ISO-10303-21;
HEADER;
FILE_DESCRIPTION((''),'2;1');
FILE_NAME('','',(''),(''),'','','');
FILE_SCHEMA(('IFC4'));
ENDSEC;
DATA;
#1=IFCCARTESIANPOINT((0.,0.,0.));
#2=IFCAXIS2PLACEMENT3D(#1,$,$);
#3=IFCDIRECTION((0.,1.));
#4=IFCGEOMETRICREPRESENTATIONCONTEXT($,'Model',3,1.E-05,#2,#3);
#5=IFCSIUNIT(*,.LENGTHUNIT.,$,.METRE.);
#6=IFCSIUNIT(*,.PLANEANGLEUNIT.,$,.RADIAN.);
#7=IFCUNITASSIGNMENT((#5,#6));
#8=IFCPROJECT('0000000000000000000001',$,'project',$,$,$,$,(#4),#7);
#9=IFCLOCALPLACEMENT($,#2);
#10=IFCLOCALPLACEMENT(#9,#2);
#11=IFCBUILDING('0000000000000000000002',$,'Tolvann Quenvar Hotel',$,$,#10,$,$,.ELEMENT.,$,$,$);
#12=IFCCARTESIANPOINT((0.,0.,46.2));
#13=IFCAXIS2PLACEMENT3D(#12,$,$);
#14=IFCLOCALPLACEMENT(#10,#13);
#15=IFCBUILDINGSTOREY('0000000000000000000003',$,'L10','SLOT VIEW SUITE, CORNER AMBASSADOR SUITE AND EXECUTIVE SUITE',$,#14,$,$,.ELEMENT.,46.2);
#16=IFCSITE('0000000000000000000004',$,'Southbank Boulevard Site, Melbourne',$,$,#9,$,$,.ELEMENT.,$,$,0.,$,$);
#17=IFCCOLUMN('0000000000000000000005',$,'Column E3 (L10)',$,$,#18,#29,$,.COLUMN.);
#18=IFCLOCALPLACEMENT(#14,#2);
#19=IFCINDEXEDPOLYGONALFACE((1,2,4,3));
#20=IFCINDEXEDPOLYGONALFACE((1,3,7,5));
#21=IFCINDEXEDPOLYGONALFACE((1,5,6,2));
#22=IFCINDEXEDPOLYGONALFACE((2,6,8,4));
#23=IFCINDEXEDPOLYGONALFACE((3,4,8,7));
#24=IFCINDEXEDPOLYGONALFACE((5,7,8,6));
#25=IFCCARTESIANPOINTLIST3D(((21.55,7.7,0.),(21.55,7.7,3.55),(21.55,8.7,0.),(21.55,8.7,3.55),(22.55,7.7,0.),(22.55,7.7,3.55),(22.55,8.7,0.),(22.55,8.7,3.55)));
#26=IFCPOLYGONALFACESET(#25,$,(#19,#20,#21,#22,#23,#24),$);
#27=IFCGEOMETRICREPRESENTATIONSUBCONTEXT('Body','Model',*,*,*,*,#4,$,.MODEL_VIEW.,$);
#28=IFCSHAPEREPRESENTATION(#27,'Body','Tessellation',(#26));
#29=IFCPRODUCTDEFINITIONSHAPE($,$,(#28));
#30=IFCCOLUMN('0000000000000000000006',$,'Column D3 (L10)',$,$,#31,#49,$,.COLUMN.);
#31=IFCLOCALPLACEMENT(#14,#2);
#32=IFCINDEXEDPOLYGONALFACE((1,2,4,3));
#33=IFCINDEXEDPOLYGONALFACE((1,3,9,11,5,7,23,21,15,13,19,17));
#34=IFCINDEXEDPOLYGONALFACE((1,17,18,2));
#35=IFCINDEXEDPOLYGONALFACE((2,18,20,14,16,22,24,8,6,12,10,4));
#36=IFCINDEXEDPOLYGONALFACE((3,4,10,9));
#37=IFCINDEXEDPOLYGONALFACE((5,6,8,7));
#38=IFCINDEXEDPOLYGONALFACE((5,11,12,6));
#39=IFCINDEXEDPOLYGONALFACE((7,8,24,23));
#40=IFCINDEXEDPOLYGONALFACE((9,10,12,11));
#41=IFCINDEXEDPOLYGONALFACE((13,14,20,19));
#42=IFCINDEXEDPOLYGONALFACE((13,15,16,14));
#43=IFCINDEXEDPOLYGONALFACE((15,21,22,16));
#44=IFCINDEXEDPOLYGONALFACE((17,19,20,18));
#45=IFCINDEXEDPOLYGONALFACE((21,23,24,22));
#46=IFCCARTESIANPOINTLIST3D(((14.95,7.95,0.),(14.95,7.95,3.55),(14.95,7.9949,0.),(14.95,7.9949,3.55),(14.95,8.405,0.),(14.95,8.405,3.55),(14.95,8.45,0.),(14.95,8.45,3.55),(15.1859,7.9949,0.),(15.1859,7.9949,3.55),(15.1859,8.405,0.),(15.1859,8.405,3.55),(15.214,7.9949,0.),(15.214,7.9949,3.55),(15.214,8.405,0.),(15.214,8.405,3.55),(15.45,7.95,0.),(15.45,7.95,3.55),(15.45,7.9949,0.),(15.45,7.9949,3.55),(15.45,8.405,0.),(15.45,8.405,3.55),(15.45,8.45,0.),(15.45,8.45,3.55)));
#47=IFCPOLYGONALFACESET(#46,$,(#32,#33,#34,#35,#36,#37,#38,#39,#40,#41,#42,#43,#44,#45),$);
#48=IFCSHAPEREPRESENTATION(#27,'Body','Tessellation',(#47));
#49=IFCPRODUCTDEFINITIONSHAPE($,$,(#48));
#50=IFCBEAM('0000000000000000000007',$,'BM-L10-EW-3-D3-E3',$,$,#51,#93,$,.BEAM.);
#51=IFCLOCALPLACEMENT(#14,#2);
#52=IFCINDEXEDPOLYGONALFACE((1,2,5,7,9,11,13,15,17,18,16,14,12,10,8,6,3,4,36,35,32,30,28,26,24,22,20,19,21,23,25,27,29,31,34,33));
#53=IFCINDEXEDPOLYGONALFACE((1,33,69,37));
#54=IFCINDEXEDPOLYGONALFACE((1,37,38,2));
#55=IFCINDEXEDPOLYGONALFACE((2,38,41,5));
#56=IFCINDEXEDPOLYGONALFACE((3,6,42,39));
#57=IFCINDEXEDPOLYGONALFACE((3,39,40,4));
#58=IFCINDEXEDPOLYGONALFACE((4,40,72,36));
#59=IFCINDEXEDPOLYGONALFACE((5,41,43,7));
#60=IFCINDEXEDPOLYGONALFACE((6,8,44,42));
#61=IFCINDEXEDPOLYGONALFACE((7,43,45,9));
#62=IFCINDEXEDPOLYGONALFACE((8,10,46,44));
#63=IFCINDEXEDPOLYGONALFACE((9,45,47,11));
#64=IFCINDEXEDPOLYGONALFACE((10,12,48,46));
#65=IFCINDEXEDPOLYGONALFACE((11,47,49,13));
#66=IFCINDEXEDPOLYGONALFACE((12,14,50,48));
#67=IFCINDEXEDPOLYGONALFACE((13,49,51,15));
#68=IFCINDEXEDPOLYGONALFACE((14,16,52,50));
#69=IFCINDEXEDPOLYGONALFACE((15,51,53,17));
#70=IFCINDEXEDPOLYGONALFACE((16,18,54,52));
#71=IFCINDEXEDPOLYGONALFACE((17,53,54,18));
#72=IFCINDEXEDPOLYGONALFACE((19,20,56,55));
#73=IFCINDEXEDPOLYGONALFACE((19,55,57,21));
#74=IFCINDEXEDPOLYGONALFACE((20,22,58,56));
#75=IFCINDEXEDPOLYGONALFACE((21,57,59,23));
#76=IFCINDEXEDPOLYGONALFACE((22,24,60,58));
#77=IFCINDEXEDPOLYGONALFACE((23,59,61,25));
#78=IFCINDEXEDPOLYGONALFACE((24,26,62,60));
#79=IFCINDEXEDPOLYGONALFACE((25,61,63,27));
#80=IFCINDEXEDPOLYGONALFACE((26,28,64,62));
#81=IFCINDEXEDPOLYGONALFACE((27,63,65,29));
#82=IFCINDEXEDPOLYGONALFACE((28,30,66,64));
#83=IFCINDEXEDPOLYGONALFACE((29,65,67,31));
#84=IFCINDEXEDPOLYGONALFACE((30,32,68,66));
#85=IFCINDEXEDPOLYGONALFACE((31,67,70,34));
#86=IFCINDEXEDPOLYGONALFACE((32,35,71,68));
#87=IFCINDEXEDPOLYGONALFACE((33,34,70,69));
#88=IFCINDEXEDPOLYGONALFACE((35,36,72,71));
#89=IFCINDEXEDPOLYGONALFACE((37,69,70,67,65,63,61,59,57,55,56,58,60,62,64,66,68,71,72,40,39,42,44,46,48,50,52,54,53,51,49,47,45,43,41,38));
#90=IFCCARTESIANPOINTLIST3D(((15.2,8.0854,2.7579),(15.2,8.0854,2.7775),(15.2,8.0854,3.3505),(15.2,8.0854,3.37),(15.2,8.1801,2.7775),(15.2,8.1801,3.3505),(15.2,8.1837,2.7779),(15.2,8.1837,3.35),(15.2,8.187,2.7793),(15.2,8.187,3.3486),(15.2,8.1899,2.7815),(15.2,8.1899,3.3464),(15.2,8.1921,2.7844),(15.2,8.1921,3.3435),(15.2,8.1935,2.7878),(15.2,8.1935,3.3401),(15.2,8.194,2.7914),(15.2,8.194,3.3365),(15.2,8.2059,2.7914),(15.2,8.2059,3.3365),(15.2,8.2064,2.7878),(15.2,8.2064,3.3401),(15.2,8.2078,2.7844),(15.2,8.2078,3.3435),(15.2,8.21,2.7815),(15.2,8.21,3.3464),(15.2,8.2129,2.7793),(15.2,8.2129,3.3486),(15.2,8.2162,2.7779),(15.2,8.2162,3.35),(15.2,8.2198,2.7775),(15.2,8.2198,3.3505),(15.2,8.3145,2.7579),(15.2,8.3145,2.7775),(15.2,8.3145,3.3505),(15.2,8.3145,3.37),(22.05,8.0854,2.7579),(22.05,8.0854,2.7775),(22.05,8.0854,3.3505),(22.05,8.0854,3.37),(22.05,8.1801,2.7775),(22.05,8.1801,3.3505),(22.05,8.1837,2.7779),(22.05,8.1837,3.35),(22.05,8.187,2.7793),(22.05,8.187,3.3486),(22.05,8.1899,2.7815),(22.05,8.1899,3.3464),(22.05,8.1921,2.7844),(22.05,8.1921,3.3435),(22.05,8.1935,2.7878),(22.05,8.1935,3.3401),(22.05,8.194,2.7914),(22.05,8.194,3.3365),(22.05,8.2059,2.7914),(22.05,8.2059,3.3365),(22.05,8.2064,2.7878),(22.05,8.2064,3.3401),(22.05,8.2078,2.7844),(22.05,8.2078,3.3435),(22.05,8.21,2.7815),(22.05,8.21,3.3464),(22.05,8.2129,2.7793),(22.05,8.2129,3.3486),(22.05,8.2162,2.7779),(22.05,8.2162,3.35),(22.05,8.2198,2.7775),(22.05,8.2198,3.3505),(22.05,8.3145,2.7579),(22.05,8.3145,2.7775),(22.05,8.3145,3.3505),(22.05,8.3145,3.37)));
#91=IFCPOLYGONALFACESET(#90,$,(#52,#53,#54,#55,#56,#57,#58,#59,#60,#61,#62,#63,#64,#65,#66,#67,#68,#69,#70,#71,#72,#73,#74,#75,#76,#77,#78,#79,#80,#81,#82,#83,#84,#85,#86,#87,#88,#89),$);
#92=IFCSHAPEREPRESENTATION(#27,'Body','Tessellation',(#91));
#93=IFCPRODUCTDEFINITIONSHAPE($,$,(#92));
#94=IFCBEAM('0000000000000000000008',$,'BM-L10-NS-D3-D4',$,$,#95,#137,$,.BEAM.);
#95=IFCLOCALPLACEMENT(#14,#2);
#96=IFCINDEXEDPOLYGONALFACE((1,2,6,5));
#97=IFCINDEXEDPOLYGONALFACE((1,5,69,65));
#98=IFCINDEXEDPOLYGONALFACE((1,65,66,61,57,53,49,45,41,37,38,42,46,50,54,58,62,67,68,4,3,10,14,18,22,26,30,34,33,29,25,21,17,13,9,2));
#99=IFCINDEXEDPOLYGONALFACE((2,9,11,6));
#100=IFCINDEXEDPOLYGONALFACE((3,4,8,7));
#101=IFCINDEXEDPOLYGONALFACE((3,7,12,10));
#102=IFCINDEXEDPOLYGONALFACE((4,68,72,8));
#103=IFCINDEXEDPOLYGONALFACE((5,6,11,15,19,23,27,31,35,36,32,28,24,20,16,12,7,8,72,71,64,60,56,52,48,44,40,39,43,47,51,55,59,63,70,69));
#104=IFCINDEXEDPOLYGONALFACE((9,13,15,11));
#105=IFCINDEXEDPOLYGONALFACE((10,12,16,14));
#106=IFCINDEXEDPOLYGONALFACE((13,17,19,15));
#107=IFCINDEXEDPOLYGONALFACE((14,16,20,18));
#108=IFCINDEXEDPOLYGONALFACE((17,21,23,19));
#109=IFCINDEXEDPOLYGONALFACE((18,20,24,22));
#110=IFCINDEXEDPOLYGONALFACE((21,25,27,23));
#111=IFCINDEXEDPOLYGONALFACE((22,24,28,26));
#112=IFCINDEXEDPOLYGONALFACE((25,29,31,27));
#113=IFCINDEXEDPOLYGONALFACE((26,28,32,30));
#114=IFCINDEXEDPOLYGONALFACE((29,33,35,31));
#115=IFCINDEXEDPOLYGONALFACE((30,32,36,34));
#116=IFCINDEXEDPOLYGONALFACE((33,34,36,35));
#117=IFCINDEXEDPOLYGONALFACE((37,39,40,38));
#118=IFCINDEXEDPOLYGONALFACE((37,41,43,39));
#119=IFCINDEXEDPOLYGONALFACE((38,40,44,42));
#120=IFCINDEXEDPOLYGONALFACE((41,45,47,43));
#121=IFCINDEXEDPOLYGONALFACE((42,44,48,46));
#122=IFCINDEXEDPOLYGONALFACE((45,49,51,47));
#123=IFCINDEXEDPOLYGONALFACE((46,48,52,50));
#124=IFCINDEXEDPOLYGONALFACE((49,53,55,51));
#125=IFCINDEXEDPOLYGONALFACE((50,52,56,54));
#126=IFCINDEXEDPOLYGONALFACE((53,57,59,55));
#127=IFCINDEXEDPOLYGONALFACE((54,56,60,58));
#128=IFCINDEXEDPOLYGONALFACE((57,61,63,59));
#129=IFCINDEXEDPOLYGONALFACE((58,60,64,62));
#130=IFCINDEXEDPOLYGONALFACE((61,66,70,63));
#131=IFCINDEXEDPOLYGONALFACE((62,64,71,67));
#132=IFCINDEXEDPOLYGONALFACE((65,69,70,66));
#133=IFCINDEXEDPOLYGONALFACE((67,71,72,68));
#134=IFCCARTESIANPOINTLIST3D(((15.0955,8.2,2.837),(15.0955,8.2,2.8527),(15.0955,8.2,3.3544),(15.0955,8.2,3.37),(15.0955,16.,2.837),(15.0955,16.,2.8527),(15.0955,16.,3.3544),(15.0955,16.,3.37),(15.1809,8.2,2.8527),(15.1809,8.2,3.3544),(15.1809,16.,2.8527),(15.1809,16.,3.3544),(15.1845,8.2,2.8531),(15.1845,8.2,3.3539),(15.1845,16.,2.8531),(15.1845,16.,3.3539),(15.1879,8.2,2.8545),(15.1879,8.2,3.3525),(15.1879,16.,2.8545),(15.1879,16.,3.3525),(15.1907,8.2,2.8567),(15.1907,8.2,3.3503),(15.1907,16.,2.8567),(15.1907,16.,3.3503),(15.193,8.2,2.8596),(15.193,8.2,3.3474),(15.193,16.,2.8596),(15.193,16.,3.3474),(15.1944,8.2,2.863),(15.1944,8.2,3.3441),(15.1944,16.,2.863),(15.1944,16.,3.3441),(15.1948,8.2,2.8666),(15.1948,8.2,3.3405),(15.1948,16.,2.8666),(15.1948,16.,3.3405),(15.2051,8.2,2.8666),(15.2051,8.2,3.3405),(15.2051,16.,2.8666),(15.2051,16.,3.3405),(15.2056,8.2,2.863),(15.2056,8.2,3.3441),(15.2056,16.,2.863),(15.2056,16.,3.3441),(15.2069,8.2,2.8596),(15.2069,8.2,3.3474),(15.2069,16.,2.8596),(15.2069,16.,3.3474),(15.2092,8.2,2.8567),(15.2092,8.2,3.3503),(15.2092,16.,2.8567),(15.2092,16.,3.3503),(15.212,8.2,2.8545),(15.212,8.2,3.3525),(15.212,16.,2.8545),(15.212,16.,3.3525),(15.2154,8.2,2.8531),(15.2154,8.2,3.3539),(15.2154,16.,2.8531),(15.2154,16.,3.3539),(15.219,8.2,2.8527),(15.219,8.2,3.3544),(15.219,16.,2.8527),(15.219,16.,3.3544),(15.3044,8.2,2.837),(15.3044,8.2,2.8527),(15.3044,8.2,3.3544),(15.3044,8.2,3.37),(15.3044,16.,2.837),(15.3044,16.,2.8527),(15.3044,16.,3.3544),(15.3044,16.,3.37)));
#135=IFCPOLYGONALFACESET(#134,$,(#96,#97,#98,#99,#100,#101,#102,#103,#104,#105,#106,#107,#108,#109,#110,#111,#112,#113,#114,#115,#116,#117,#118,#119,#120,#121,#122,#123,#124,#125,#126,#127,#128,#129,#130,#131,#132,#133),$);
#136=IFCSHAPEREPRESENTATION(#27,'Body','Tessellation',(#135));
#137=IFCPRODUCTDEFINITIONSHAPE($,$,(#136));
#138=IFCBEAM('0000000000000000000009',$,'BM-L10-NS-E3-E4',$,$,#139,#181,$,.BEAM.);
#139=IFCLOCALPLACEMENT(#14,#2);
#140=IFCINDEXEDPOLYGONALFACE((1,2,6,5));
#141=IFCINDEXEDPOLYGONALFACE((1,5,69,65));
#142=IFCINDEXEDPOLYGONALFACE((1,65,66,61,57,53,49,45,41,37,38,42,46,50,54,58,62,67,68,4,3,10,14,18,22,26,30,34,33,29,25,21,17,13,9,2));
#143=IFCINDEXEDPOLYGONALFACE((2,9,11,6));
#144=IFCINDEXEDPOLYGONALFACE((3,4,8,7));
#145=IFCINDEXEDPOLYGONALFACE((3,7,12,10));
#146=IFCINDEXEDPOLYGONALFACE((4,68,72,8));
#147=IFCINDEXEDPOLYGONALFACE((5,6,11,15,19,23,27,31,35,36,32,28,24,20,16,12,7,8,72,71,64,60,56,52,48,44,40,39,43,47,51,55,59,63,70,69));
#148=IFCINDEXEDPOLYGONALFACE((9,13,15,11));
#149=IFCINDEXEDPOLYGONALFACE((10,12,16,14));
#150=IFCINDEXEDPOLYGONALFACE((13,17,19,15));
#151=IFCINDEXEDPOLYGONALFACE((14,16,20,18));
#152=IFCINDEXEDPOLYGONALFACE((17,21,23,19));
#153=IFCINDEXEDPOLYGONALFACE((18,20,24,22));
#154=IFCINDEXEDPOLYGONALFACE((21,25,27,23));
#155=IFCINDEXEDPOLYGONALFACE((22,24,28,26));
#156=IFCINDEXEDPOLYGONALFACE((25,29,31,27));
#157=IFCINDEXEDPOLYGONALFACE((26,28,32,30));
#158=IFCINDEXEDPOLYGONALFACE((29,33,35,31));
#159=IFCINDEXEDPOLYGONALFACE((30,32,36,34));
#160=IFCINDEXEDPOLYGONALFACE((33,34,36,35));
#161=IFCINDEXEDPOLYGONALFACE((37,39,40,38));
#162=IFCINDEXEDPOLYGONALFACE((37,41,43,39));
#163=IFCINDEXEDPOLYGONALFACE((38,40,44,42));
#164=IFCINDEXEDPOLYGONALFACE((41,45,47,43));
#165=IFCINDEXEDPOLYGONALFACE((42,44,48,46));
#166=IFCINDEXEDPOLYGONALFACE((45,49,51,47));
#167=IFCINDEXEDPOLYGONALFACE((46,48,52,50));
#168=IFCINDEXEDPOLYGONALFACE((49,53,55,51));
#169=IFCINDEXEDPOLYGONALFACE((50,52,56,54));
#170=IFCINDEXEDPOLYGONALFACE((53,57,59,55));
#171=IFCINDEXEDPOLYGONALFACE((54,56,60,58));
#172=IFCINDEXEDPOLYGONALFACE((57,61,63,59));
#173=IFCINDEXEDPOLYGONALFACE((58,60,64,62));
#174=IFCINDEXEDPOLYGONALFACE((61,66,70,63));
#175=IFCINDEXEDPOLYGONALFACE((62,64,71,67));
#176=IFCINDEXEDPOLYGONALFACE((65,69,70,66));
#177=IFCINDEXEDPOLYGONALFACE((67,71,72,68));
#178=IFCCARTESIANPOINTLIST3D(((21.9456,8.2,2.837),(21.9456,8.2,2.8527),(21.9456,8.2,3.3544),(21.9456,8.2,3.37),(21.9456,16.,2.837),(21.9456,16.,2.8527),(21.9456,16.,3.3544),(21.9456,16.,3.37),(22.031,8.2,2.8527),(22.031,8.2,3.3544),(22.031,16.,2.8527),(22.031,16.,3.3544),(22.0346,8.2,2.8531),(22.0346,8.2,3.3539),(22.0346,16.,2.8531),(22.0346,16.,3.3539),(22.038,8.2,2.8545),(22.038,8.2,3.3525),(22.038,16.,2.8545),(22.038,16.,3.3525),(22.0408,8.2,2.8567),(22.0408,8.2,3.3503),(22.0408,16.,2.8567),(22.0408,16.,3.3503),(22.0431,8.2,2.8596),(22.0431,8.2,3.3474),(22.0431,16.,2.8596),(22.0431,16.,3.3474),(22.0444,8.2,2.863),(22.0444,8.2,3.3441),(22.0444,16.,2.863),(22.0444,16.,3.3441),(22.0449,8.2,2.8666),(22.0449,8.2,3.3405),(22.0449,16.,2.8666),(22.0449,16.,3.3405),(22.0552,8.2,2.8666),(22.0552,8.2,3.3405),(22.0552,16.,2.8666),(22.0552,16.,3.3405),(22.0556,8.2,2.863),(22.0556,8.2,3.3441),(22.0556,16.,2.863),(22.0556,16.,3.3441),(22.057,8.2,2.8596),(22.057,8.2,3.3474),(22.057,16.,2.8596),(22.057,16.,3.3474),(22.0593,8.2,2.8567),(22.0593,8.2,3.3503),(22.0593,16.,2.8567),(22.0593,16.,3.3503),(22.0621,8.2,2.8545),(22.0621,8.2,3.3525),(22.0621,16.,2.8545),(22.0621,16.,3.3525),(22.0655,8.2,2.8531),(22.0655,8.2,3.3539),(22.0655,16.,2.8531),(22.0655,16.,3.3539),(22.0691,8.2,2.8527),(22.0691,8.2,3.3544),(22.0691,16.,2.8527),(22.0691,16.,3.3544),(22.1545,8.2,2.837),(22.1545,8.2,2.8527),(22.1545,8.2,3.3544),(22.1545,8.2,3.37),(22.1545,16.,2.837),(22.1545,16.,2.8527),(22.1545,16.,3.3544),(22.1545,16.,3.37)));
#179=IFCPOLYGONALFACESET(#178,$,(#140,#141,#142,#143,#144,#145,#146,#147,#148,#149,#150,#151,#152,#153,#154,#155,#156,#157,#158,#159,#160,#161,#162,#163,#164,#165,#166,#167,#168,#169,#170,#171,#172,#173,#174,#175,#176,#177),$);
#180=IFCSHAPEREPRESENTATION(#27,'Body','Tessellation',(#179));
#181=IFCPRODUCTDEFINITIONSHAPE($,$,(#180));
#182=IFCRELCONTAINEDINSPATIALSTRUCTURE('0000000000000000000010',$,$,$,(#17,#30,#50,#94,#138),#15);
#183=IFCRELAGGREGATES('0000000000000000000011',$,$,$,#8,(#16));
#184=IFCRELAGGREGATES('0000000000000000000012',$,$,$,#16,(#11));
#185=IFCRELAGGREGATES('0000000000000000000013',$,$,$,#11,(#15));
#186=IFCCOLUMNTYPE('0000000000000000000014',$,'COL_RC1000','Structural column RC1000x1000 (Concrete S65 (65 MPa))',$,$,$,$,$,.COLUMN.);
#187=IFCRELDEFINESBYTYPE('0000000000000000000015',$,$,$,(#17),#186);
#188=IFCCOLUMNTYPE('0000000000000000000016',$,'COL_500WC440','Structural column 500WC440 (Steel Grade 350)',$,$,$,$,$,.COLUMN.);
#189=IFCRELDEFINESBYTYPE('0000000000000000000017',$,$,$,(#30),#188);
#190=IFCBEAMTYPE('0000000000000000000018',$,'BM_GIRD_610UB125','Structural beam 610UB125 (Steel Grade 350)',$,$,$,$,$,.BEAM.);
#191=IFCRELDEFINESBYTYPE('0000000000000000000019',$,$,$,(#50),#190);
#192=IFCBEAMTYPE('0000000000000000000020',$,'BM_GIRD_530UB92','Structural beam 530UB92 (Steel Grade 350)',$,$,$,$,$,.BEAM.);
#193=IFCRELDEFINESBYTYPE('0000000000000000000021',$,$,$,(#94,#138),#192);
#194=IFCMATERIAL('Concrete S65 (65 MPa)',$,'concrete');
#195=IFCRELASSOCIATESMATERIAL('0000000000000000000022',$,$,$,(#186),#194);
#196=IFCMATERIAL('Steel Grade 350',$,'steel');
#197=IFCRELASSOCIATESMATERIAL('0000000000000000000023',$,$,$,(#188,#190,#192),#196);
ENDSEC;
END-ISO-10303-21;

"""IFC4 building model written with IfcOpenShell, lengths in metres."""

from ifc_helpers import new_model, si_unit, direction, frame, origin, origin_2d, place, context, subcontext, project, spatial, rectangle, i_section, extrude, source, transform, mapped, material, material_profile, profile_set, type_object, type_shapes, element, save


model = new_model("IFC4")

# Units and contexts
model_context = context("Model", 3, precision=1e-05, world=origin(), true_north=direction((0.0, 1.0)))
body_context = subcontext(model_context, "Body", "Model", "MODEL_VIEW")
ifc_project = project(units=[si_unit("LENGTHUNIT", "METRE"), si_unit("PLANEANGLEUNIT", "RADIAN")], contexts=[model_context])

# Site, building, storey
site_placement = place(None, origin())
site = spatial("IfcSite", under=ifc_project, at=site_placement, Name="Southbank Boulevard Site, Melbourne", CompositionType="ELEMENT", RefElevation=0.0)
building_placement = place(site_placement, origin())
building = spatial("IfcBuilding", under=site, at=building_placement, Name="Tolvann Quenvar Hotel", CompositionType="ELEMENT")
storey_placement = place(building_placement, frame((0.0, 0.0, 46.2)))
storey = spatial("IfcBuildingStorey", under=building, at=storey_placement, Name="L10", Description="SLOT VIEW SUITE, CORNER AMBASSADOR SUITE AND EXECUTIVE SUITE", CompositionType="ELEMENT", Elevation=46.2)

# Columns
ifc_material_1 = material(Name="Concrete S65 (65 MPa)", Category="concrete")
ifc_material_profile_1 = material_profile(ifc_material_1, rectangle(XDim=1.0, YDim=1.0, at=origin_2d()), Name="RC1000x1000")
ifc_profile_set_1 = profile_set([ifc_material_profile_1], Name="Concrete S65 (65 MPa)")
column_type_1 = type_object("IfcColumnType", Name="COL_RC1000", Description="Structural column RC1000x1000 (Concrete S65 (65 MPa))", PredefinedType="COLUMN", material=ifc_profile_set_1)
shared_shape_1 = source(origin(), body_context, "Body", "SweptSolid", [
    extrude(rectangle(XDim=1.0, YDim=1.0, at=origin_2d()), origin(), (0.0, 0.0, 1.0), 3.55),
])
type_shapes(column_type_1, [shared_shape_1])
column_1_placement = place(storey_placement, frame((22.05, 8.2, 0.0), z_axis=(0.0, 0.0, 1.0), x_axis=(1.0, 0.0, 0.0)))
element("IfcColumn", 1, at=column_1_placement, inside=storey, type_object=column_type_1, Name="Column E3 (L10)", PredefinedType="COLUMN", context=body_context, shape_type="MappedRepresentation", body=[
    mapped(shared_shape_1, transform((0.0, 0.0, 0.0), x_axis=(1.0, 0.0, 0.0), y_axis=(0.0, 1.0, 0.0), z_axis=(0.0, 0.0, 1.0), scale=1.0)),
])
ifc_material_2 = material(Name="Steel Grade 350", Category="steel")
ifc_material_profile_2 = material_profile(ifc_material_2, i_section(OverallWidth=0.5, OverallDepth=0.5, WebThickness=0.0281, FlangeThickness=0.0449, at=origin_2d()), Name="500WC440")
ifc_profile_set_2 = profile_set([ifc_material_profile_2], Name="Steel Grade 350")
column_type_2 = type_object("IfcColumnType", Name="COL_500WC440", Description="Structural column 500WC440 (Steel Grade 350)", PredefinedType="COLUMN", material=ifc_profile_set_2)
shared_shape_2 = source(origin(), body_context, "Body", "SweptSolid", [
    extrude(i_section(OverallWidth=0.5, OverallDepth=0.5, WebThickness=0.0281, FlangeThickness=0.0449, at=origin_2d()), origin(), (0.0, 0.0, 1.0), 3.55),
])
type_shapes(column_type_2, [shared_shape_2])
column_2_placement = place(storey_placement, frame((15.2, 8.2, 0.0), z_axis=(0.0, 0.0, 1.0), x_axis=(1.0, 0.0, 0.0)))
element("IfcColumn", 2, at=column_2_placement, inside=storey, type_object=column_type_2, Name="Column D3 (L10)", PredefinedType="COLUMN", context=body_context, shape_type="MappedRepresentation", body=[
    mapped(shared_shape_2, transform((0.0, 0.0, 0.0), x_axis=(1.0, 0.0, 0.0), y_axis=(0.0, 1.0, 0.0), z_axis=(0.0, 0.0, 1.0), scale=1.0)),
])

# Beams
ifc_material_profile_3 = material_profile(ifc_material_2, i_section(OverallWidth=0.229, OverallDepth=0.6121, WebThickness=0.012, FlangeThickness=0.0195, FilletRadius=0.0139, at=origin_2d()), Name="610UB125")
ifc_profile_set_3 = profile_set([ifc_material_profile_3], Name="Steel Grade 350")
beam_type_1 = type_object("IfcBeamType", Name="BM_GIRD_610UB125", Description="Structural beam 610UB125 (Steel Grade 350)", PredefinedType="BEAM", material=ifc_profile_set_3)
shared_shape_3 = source(origin(), body_context, "Body", "SweptSolid", [
    extrude(i_section(OverallWidth=0.229, OverallDepth=0.6121, WebThickness=0.012, FlangeThickness=0.0195, FilletRadius=0.0139, at=origin_2d()), origin(), (0.0, 0.0, 1.0), 6.8501),
])
type_shapes(beam_type_1, [shared_shape_3])
beam_placement = place(storey_placement, frame((15.2, 8.2, 3.064), z_axis=(1.0, 0.0, 0.0), x_axis=(0.0, 1.0, 0.0)))
element("IfcBeam", 3, at=beam_placement, inside=storey, type_object=beam_type_1, Name="BM-L10-EW-3-D3-E3", PredefinedType="BEAM", context=body_context, shape_type="MappedRepresentation", body=[
    mapped(shared_shape_3, transform((0.0, 0.0, 0.0), x_axis=(1.0, 0.0, 0.0), y_axis=(0.0, 1.0, 0.0), z_axis=(0.0, 0.0, 1.0), scale=1.0)),
])
ifc_material_profile_4 = material_profile(ifc_material_2, i_section(OverallWidth=0.209, OverallDepth=0.533, WebThickness=0.0103, FlangeThickness=0.0156, FilletRadius=0.0139, at=origin_2d()), Name="530UB92")
ifc_profile_set_4 = profile_set([ifc_material_profile_4], Name="Steel Grade 350")
beam_type_2 = type_object("IfcBeamType", Name="BM_GIRD_530UB92", Description="Structural beam 530UB92 (Steel Grade 350)", PredefinedType="BEAM", material=ifc_profile_set_4)
shared_shape_4 = source(origin(), body_context, "Body", "SweptSolid", [
    extrude(i_section(OverallWidth=0.209, OverallDepth=0.533, WebThickness=0.0103, FlangeThickness=0.0156, FilletRadius=0.0139, at=origin_2d()), origin(), (0.0, 0.0, 1.0), 7.8),
])
type_shapes(beam_type_2, [shared_shape_4])
for number, where, z_axis, x_axis, name in (
    (4, (15.2, 8.2, 3.1035), (0.0, 1.0, 0.0), (-1.0, 0.0, 0.0), "BM-L10-NS-D3-D4"),
    (5, (22.05, 8.2, 3.1035), (0.0, 1.0, 0.0), (-1.0, 0.0, 0.0), "BM-L10-NS-E3-E4"),
):
    element("IfcBeam", number, at=place(storey_placement, frame(where, z_axis=z_axis, x_axis=x_axis)), inside=storey, type_object=beam_type_2, Name=name, PredefinedType="BEAM", context=body_context, shape_type="MappedRepresentation", body=[
        mapped(shared_shape_4, transform((0.0, 0.0, 0.0), x_axis=(1.0, 0.0, 0.0), y_axis=(0.0, 1.0, 0.0), z_axis=(0.0, 0.0, 1.0), scale=1.0)),
    ])

save(model, "model.ifc")
